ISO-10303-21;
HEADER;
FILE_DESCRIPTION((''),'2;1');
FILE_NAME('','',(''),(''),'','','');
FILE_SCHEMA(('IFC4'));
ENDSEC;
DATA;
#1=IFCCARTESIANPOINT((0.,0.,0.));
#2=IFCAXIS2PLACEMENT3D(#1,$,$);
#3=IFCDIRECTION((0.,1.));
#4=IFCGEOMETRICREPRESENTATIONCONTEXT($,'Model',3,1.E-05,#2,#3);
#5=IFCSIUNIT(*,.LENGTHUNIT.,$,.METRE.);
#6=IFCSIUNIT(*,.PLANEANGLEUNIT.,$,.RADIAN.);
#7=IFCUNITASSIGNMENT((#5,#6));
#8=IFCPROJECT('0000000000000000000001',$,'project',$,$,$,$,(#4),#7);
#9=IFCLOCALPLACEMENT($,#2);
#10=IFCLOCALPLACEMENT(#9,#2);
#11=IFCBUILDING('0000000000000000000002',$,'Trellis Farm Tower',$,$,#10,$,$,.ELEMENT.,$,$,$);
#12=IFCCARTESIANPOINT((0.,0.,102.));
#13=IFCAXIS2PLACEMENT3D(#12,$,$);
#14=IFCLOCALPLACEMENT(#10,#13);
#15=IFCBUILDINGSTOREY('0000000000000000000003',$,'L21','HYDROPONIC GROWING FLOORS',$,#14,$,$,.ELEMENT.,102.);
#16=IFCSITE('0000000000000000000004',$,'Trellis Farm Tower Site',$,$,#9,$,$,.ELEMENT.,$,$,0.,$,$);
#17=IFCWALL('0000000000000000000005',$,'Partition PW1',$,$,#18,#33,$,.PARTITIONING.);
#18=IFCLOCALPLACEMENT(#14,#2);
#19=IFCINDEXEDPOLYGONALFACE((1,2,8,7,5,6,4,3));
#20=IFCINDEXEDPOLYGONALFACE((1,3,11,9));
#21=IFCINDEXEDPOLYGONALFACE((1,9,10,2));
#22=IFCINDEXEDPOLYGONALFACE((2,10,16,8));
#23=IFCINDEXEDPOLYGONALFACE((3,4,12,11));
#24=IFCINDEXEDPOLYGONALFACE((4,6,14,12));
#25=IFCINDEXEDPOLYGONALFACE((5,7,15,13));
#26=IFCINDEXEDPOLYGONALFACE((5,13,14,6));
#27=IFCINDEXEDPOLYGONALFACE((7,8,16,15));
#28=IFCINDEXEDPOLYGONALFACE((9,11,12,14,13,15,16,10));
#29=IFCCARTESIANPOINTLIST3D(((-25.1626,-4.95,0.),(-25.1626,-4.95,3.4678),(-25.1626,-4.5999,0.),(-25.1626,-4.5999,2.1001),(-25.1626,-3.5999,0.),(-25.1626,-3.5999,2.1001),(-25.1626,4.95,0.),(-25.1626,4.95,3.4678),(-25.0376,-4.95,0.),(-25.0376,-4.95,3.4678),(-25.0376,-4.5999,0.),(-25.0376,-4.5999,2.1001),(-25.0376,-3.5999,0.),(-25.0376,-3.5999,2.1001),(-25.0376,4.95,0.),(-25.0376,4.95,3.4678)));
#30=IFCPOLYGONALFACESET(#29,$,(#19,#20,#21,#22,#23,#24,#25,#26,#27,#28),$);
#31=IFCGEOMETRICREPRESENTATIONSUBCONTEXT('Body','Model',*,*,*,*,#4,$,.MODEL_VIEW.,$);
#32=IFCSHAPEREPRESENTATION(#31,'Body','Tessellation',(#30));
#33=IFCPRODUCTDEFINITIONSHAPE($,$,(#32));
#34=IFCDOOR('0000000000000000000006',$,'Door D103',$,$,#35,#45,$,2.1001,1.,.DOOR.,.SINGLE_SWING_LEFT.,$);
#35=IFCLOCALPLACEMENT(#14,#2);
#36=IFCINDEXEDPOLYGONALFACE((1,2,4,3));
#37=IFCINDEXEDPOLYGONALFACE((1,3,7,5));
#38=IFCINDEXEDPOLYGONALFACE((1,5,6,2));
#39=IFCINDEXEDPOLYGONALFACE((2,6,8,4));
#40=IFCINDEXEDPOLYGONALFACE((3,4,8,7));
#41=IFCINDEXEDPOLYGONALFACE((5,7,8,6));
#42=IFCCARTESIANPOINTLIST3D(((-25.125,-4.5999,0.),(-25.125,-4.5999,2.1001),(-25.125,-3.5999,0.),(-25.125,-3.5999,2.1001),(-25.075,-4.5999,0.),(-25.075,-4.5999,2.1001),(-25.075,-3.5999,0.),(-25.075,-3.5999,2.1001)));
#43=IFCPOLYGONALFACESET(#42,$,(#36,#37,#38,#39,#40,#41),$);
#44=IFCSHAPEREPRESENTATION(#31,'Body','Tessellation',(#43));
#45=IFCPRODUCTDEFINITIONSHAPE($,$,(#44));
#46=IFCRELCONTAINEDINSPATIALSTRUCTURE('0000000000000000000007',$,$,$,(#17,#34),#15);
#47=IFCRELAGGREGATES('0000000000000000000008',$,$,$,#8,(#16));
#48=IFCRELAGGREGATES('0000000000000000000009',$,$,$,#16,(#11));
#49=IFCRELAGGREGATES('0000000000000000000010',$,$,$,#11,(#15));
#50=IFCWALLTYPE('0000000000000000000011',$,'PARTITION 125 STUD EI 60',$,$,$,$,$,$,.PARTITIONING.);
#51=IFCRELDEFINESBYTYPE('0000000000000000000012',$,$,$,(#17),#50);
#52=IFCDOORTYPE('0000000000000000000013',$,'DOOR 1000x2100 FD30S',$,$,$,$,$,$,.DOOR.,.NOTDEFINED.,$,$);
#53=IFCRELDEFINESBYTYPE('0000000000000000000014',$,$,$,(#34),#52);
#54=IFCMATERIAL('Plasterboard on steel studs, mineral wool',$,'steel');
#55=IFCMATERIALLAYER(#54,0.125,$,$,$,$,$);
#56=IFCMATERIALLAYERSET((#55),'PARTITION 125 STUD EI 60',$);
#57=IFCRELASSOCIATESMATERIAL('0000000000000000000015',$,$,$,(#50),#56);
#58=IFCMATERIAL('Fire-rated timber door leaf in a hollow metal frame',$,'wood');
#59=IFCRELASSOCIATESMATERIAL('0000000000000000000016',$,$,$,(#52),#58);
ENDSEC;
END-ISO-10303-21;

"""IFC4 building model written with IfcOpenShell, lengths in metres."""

from ifc_helpers import new_model, si_unit, direction, frame, frame_2d, origin, place, context, subcontext, project, spatial, rectangle, extrude, source, transform, mapped, material, layer, layer_set, type_object, element, fill, save


model = new_model("IFC4")

# Units and contexts
model_context = context("Model", 3, precision=1e-05, world=origin(), true_north=direction((0.0, 1.0)))
body_context = subcontext(model_context, "Body", "Model", "MODEL_VIEW")
ifc_project = project(units=[si_unit("LENGTHUNIT", "METRE"), si_unit("PLANEANGLEUNIT", "RADIAN")], contexts=[model_context])

# Site, building, storey
site_placement = place(None, origin())
site = spatial("IfcSite", under=ifc_project, at=site_placement, Name="Trellis Farm Tower Site", CompositionType="ELEMENT", RefElevation=0.0)
building_placement = place(site_placement, origin())
building = spatial("IfcBuilding", under=site, at=building_placement, Name="Trellis Farm Tower", CompositionType="ELEMENT")
storey_placement = place(building_placement, frame((0.0, 0.0, 102.0)))
storey = spatial("IfcBuildingStorey", under=building, at=storey_placement, Name="L21", Description="HYDROPONIC GROWING FLOORS", CompositionType="ELEMENT", Elevation=102.0)

# Wall, opening, door
ifc_material_1 = material(Name="Plasterboard on steel studs, mineral wool", Category="steel")
ifc_layer_1 = layer(ifc_material_1, 0.125)
ifc_layer_set_1 = layer_set([ifc_layer_1], Name="PARTITION 125 STUD EI 60")
wall_type_1 = type_object("IfcWallType", Name="PARTITION 125 STUD EI 60", PredefinedType="PARTITIONING", material=ifc_layer_set_1)
shared_shape_1 = source(origin(), body_context, "Body", "SweptSolid", [
    extrude(rectangle(XDim=9.8999, YDim=0.125, at=frame_2d((4.95, 0.0))), origin(), (0.0, 0.0, 1.0), 3.4678),
])
wall_1_placement = place(storey_placement, frame((-25.1001, -4.95, 0.0), z_axis=(0.0, 0.0, 1.0), x_axis=(0.0, 1.0, 0.0)))
wall_1 = element("IfcWall", 1, at=wall_1_placement, inside=storey, type_object=wall_type_1, Name="Partition PW1", PredefinedType="PARTITIONING", context=body_context, shape_type="MappedRepresentation", body=[
    mapped(shared_shape_1, transform((0.0, 0.0, 0.0))),
])
shared_shape_2 = source(origin(), body_context, "Body", "SweptSolid", [
    extrude(rectangle(XDim=1.0, YDim=2.1001, at=frame_2d((0.5, 1.05))), frame((0.0, 0.0725, 0.0), z_axis=(0.0, -1.0, 0.0), x_axis=(1.0, 0.0, 0.0)), (0.0, 0.0, 1.0), 0.145),
])
opening_1_placement = place(wall_1_placement, frame((0.3501, 0.0, 0.0)))
opening_1 = element("IfcOpeningElement", 2, at=opening_1_placement, cuts=wall_1, PredefinedType="OPENING", context=body_context, shape_type="MappedRepresentation", body=[
    mapped(shared_shape_2, transform((0.0, 0.0, 0.0))),
])
ifc_material_2 = material(Name="Fire-rated timber door leaf in a hollow metal frame", Category="wood")
door_type_1 = type_object("IfcDoorType", Name="DOOR 1000x2100 FD30S", OperationType="NOTDEFINED", PredefinedType="DOOR", material=ifc_material_2)
shared_shape_3 = source(origin(), body_context, "Body", "SweptSolid", [
    extrude(rectangle(XDim=1.0, YDim=2.1001, at=frame_2d((0.5, 1.05))), frame((0.0, 0.0249, 0.0), z_axis=(0.0, -1.0, 0.0), x_axis=(1.0, 0.0, 0.0)), (0.0, 0.0, 1.0), 0.05),
])
door_1_placement = place(opening_1_placement, origin())
door_1 = element("IfcDoor", 3, at=door_1_placement, inside=storey, type_object=door_type_1, Name="Door D103", OperationType="SINGLE_SWING_LEFT", OverallHeight=2.1001, OverallWidth=1.0, PredefinedType="DOOR", context=body_context, shape_type="MappedRepresentation", body=[
    mapped(shared_shape_3, transform((0.0, 0.0, 0.0))),
])
fill(opening_1, door_1)

save(model, "model.ifc")
